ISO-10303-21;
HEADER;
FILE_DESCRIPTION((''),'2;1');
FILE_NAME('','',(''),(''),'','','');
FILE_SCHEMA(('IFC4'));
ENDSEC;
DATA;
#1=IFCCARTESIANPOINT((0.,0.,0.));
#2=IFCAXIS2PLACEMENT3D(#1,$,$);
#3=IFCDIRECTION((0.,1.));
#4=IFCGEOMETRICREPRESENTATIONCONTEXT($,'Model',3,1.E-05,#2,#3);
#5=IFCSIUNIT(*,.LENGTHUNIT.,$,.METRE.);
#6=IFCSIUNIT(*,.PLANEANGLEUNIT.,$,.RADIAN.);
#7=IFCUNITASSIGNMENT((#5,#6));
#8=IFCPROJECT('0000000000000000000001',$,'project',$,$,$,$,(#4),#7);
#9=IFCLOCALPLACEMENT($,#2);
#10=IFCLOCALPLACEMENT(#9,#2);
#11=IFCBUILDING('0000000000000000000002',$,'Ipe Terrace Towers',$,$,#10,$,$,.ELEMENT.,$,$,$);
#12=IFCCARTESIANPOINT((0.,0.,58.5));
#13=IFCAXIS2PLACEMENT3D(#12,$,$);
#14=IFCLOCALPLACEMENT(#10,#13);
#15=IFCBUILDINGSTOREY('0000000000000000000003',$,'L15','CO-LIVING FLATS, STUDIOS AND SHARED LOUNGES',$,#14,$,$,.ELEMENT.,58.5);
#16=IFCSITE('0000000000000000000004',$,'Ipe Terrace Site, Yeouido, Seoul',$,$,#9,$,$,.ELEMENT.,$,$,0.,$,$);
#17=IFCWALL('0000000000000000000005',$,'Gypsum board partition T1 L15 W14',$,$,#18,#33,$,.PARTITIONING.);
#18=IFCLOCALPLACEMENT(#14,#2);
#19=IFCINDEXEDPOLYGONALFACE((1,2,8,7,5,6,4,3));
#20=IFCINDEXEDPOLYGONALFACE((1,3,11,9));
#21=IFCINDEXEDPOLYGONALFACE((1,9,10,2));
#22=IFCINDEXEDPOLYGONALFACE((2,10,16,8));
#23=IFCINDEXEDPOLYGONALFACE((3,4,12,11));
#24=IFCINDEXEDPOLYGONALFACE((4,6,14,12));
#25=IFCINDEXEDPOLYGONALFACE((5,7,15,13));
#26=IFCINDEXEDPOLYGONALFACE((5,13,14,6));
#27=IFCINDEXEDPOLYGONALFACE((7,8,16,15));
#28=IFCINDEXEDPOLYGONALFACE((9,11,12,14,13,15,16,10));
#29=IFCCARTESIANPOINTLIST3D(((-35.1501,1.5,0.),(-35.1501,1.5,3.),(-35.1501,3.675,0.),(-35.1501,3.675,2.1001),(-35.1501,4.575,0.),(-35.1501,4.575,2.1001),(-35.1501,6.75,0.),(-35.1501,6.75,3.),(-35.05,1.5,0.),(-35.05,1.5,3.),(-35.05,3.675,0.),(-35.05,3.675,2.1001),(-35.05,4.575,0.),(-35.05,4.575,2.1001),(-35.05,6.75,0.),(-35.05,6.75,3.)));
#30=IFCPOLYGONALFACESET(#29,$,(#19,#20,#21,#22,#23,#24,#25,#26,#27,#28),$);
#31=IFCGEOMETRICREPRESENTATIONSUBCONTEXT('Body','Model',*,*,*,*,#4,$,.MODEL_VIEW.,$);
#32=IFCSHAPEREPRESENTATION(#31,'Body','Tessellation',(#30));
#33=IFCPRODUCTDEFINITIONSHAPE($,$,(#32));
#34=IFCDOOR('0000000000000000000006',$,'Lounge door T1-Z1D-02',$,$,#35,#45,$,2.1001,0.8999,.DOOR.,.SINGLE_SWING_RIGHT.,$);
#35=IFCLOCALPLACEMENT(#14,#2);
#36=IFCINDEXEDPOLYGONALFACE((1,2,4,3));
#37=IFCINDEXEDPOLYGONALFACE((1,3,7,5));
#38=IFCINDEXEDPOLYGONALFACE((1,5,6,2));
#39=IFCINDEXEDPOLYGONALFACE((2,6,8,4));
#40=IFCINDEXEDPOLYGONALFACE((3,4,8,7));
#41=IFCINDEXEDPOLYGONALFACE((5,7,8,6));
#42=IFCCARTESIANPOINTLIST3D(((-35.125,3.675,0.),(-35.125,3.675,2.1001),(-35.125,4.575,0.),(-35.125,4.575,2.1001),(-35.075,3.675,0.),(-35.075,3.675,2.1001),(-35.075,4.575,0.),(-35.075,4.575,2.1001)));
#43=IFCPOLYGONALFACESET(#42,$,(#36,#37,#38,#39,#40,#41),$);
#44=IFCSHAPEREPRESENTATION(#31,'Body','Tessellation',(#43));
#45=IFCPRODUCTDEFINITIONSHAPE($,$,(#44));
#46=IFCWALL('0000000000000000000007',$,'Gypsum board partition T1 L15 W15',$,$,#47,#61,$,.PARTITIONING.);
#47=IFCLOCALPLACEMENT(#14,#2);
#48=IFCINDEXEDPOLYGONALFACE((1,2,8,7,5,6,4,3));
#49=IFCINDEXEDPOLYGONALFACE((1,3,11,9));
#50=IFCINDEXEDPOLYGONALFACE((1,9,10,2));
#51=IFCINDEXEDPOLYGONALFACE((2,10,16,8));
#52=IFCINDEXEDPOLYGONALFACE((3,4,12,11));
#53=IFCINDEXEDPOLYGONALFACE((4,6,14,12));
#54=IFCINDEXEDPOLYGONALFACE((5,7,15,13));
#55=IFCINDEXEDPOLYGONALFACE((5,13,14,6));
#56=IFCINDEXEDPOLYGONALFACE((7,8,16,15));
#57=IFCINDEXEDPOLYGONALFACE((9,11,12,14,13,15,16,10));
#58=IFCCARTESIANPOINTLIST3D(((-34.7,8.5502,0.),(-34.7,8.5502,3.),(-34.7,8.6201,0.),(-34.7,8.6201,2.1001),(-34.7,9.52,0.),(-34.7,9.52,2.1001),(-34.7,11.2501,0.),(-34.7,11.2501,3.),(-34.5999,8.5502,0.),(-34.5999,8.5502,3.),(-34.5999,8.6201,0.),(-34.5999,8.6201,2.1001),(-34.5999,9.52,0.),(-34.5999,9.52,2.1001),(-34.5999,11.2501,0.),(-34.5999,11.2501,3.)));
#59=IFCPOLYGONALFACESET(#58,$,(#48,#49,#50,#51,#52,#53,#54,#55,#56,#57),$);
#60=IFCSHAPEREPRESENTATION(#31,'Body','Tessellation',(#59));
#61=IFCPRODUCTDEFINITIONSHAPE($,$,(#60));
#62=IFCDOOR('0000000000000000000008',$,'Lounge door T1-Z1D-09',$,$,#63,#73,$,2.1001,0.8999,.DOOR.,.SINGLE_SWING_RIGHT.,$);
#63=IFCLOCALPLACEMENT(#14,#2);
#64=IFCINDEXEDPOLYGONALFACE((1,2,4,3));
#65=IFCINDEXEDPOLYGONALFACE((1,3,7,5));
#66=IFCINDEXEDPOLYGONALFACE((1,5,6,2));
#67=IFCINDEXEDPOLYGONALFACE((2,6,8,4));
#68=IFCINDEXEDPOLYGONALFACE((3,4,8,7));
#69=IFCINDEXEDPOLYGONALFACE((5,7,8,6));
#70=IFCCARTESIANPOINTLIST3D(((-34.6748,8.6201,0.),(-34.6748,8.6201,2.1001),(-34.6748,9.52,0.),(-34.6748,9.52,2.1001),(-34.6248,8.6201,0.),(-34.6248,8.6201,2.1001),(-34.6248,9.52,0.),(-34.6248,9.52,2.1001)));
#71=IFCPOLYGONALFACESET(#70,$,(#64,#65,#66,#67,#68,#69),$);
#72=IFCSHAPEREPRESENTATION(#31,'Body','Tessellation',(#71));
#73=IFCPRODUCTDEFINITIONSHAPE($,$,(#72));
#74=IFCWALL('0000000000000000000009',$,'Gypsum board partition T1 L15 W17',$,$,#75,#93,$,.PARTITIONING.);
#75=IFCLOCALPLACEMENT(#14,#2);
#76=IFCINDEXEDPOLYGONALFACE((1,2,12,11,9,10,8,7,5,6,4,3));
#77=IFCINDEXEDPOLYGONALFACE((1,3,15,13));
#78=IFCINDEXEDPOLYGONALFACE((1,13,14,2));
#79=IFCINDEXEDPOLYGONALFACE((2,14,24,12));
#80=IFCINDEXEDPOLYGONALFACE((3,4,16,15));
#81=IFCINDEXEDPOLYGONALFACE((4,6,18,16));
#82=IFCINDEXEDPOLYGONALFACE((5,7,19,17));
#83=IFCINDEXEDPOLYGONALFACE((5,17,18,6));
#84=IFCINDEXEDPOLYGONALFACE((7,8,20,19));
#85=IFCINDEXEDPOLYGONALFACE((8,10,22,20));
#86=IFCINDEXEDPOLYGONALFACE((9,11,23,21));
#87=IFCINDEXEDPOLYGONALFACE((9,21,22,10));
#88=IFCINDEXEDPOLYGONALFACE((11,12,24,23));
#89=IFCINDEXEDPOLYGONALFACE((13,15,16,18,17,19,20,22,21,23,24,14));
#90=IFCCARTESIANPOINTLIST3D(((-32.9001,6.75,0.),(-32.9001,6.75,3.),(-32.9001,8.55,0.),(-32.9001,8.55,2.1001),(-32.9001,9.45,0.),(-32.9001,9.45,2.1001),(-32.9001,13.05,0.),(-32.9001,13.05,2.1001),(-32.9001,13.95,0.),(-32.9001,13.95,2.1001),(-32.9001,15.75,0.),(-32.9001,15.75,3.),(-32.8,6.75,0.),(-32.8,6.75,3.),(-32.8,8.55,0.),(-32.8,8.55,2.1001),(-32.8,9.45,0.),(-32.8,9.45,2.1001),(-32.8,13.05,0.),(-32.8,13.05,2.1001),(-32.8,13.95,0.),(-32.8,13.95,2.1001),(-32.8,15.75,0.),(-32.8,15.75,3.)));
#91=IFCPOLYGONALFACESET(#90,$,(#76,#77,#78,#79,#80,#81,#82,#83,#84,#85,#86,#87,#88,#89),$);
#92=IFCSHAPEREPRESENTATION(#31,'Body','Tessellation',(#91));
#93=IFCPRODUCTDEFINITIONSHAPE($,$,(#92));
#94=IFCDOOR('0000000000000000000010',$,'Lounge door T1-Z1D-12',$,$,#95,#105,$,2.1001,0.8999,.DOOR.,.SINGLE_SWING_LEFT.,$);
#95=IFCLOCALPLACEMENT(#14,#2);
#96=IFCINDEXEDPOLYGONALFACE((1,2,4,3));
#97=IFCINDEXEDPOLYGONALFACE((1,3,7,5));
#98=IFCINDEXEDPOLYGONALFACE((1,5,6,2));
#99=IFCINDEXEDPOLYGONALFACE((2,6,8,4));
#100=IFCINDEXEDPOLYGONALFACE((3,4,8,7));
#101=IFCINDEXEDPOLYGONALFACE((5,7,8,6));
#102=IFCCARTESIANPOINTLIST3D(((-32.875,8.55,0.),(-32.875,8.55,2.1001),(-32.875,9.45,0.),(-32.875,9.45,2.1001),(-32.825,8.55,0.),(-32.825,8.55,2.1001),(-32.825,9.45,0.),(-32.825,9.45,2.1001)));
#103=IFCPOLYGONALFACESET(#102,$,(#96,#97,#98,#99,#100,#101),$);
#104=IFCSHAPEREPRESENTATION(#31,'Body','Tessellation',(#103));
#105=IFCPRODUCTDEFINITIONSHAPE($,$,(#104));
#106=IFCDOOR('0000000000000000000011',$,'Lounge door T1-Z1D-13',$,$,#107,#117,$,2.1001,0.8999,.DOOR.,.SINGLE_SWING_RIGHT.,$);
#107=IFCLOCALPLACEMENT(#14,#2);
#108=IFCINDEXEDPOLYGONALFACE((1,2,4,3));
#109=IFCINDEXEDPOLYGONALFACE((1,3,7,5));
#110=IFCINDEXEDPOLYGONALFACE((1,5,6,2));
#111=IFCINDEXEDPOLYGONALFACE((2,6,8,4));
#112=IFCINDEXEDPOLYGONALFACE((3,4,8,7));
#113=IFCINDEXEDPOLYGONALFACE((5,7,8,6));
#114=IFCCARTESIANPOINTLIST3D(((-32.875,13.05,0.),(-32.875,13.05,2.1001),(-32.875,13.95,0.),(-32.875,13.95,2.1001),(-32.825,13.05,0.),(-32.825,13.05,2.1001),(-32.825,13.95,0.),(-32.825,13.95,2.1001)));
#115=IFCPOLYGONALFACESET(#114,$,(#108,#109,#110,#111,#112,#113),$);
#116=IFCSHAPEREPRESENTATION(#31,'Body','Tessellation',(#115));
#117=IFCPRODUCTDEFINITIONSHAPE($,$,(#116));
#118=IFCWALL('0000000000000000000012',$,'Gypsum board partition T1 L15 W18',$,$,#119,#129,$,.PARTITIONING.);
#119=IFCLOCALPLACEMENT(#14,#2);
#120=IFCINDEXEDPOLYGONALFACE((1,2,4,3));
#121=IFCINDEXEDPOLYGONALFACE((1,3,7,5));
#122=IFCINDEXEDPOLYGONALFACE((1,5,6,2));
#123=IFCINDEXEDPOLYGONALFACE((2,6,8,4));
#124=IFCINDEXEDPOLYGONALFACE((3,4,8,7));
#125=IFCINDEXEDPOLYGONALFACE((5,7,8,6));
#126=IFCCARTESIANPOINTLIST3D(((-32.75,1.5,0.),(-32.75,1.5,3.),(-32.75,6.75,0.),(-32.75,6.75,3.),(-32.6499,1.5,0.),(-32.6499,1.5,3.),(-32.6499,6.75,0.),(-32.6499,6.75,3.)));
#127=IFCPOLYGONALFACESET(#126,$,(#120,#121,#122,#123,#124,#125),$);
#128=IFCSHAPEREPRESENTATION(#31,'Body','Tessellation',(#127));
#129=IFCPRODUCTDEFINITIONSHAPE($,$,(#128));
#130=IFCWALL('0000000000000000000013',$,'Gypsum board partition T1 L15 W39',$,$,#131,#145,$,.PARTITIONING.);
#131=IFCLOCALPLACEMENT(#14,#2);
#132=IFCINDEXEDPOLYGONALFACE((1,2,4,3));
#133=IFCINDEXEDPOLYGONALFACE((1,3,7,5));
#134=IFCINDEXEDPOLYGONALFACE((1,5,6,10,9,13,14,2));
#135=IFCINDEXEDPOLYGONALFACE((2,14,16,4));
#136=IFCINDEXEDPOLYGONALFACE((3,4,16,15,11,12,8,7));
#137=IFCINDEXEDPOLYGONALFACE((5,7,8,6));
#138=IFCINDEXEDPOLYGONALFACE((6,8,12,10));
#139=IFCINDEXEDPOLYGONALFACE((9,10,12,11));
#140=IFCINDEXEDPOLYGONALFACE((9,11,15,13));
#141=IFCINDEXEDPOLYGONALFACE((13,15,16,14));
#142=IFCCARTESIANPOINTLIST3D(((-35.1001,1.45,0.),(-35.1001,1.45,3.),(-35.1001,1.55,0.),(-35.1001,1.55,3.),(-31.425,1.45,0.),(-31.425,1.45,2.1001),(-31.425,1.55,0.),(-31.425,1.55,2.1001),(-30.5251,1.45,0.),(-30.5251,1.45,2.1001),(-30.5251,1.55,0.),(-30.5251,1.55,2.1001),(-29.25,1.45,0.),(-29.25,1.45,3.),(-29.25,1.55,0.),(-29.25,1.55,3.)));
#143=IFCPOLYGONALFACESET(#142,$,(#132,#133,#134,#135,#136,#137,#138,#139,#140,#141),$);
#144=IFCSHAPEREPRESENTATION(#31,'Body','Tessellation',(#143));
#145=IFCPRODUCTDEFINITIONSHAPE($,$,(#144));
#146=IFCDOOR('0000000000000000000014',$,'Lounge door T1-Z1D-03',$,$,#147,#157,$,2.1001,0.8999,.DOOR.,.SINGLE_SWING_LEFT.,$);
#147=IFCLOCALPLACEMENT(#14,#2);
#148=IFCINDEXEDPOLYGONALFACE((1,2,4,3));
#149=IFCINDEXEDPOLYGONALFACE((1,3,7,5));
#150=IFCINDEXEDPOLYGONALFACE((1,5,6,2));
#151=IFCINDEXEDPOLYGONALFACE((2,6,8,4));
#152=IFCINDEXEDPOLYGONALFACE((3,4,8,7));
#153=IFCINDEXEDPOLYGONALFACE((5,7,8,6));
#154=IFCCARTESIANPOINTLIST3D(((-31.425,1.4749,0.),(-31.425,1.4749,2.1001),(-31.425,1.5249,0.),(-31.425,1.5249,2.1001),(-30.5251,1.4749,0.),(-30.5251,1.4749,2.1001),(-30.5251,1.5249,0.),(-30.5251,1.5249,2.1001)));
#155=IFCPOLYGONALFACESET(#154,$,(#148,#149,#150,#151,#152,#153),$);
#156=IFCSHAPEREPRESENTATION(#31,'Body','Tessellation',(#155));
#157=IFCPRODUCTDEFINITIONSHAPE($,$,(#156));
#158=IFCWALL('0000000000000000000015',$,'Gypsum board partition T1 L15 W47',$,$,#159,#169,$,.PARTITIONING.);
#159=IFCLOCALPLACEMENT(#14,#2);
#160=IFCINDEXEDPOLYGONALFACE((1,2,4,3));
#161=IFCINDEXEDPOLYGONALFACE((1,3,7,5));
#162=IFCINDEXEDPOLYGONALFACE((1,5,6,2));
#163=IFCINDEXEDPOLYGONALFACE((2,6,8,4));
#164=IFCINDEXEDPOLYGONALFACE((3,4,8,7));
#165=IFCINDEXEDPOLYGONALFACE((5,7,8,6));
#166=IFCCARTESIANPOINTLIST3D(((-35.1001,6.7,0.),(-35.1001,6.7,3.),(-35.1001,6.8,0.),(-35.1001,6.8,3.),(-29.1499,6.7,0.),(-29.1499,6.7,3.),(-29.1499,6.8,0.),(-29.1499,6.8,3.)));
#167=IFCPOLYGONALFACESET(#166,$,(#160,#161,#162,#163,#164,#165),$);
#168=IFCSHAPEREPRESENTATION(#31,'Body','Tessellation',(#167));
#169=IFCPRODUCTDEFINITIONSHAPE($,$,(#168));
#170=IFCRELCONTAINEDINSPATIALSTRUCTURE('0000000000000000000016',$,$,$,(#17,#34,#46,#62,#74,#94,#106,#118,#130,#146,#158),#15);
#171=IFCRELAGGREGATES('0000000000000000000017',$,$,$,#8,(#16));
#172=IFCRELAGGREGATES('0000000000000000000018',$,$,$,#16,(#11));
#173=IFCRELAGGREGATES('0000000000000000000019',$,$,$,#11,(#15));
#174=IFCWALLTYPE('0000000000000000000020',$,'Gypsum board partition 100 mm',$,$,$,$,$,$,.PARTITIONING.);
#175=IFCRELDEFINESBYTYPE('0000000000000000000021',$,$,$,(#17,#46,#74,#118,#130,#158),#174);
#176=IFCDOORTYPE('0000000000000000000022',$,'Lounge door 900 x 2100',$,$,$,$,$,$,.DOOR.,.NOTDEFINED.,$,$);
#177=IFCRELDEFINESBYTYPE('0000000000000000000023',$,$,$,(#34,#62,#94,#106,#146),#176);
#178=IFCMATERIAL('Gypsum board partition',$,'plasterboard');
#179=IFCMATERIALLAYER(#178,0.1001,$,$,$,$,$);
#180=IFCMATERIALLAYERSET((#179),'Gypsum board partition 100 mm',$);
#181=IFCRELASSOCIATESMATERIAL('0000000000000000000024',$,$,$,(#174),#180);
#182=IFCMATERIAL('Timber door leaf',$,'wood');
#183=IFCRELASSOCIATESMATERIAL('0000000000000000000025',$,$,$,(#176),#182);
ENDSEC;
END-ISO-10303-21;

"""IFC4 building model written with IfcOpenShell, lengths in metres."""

from ifc_helpers import new_model, si_unit, direction, frame, frame_2d, origin, place, context, subcontext, project, spatial, rectangle, extrude, material, layer, layer_set, type_object, element, fill, save


model = new_model("IFC4")

# Units and contexts
model_context = context("Model", 3, precision=1e-05, world=origin(), true_north=direction((0.0, 1.0)))
body_context = subcontext(model_context, "Body", "Model", "MODEL_VIEW")
ifc_project = project(units=[si_unit("LENGTHUNIT", "METRE"), si_unit("PLANEANGLEUNIT", "RADIAN")], contexts=[model_context])

# Site, building, storey
site_placement = place(None, origin())
site = spatial("IfcSite", under=ifc_project, at=site_placement, Name="Ipe Terrace Site, Yeouido, Seoul", CompositionType="ELEMENT", RefElevation=0.0)
building_placement = place(site_placement, origin())
building = spatial("IfcBuilding", under=site, at=building_placement, Name="Ipe Terrace Towers", CompositionType="ELEMENT")
storey_placement = place(building_placement, frame((0.0, 0.0, 58.5)))
storey = spatial("IfcBuildingStorey", under=building, at=storey_placement, Name="L15", Description="CO-LIVING FLATS, STUDIOS AND SHARED LOUNGES", CompositionType="ELEMENT", Elevation=58.5)

# Walls, openings, doors
ifc_material_1 = material(Name="Gypsum board partition", Category="plasterboard")
ifc_layer_1 = layer(ifc_material_1, 0.1001)
ifc_layer_set_1 = layer_set([ifc_layer_1], Name="Gypsum board partition 100 mm")
wall_type_1 = type_object("IfcWallType", Name="Gypsum board partition 100 mm", PredefinedType="PARTITIONING", material=ifc_layer_set_1)
wall_1_placement = place(storey_placement, frame((-35.1001, 1.5, 0.0), z_axis=(0.0, 0.0, 1.0), x_axis=(0.0, 1.0, 0.0)))
wall_1 = element("IfcWall", 1, at=wall_1_placement, inside=storey, type_object=wall_type_1, Name="Gypsum board partition T1 L15 W14", PredefinedType="PARTITIONING", context=body_context, shape_type="SweptSolid", body=[
    extrude(rectangle(XDim=5.25, YDim=0.1001, at=frame_2d((2.625, 0.0))), origin(), (0.0, 0.0, 1.0), 3.0),
])
opening_1_placement = place(wall_1_placement, frame((2.175, 0.0, 0.0)))
opening_1 = element("IfcOpeningElement", 2, at=opening_1_placement, cuts=wall_1, PredefinedType="OPENING", context=body_context, shape_type="SweptSolid", body=[
    extrude(rectangle(XDim=0.8999, YDim=2.1001, at=frame_2d((0.45, 1.05))), frame((0.0, 0.0601, 0.0), z_axis=(0.0, -1.0, 0.0), x_axis=(1.0, 0.0, 0.0)), (0.0, 0.0, 1.0), 0.1201),
])
ifc_material_2 = material(Name="Timber door leaf", Category="wood")
door_type_1 = type_object("IfcDoorType", Name="Lounge door 900 x 2100", OperationType="NOTDEFINED", PredefinedType="DOOR", material=ifc_material_2)
door_1_placement = place(opening_1_placement, origin())
door_1 = element("IfcDoor", 3, at=door_1_placement, inside=storey, type_object=door_type_1, Name="Lounge door T1-Z1D-02", OperationType="SINGLE_SWING_RIGHT", OverallHeight=2.1001, OverallWidth=0.8999, PredefinedType="DOOR", context=body_context, shape_type="SweptSolid", body=[
    extrude(rectangle(XDim=0.8999, YDim=2.1001, at=frame_2d((0.45, 1.05))), frame((0.0, 0.0249, 0.0), z_axis=(0.0, -1.0, 0.0), x_axis=(1.0, 0.0, 0.0)), (0.0, 0.0, 1.0), 0.05),
])
fill(opening_1, door_1)
wall_2_placement = place(storey_placement, frame((-34.6499, 8.55, 0.0), z_axis=(0.0, 0.0, 1.0), x_axis=(0.0, 1.0, 0.0)))
wall_2 = element("IfcWall", 4, at=wall_2_placement, inside=storey, type_object=wall_type_1, Name="Gypsum board partition T1 L15 W15", PredefinedType="PARTITIONING", context=body_context, shape_type="SweptSolid", body=[
    extrude(rectangle(XDim=2.7, YDim=0.1001, at=frame_2d((1.3501, 0.0))), origin(), (0.0, 0.0, 1.0), 3.0),
])
opening_2_placement = place(wall_2_placement, frame((0.0701, 0.0, 0.0)))
opening_2 = element("IfcOpeningElement", 5, at=opening_2_placement, cuts=wall_2, PredefinedType="OPENING", context=body_context, shape_type="SweptSolid", body=[
    extrude(rectangle(XDim=0.8999, YDim=2.1001, at=frame_2d((0.45, 1.05))), frame((0.0, 0.0601, 0.0), z_axis=(0.0, -1.0, 0.0), x_axis=(1.0, 0.0, 0.0)), (0.0, 0.0, 1.0), 0.1201),
])
door_2_placement = place(opening_2_placement, origin())
door_2 = element("IfcDoor", 6, at=door_2_placement, inside=storey, type_object=door_type_1, Name="Lounge door T1-Z1D-09", OperationType="SINGLE_SWING_RIGHT", OverallHeight=2.1001, OverallWidth=0.8999, PredefinedType="DOOR", context=body_context, shape_type="SweptSolid", body=[
    extrude(rectangle(XDim=0.8999, YDim=2.1001, at=frame_2d((0.45, 1.05))), frame((0.0, 0.0249, 0.0), z_axis=(0.0, -1.0, 0.0), x_axis=(1.0, 0.0, 0.0)), (0.0, 0.0, 1.0), 0.05),
])
fill(opening_2, door_2)

# Wall, openings, doors
wall_3_placement = place(storey_placement, frame((-32.8501, 6.75, 0.0), z_axis=(0.0, 0.0, 1.0), x_axis=(0.0, 1.0, 0.0)))
wall_3 = element("IfcWall", 7, at=wall_3_placement, inside=storey, type_object=wall_type_1, Name="Gypsum board partition T1 L15 W17", PredefinedType="PARTITIONING", context=body_context, shape_type="SweptSolid", body=[
    extrude(rectangle(XDim=9.0, YDim=0.1001, at=frame_2d((4.5, 0.0))), origin(), (0.0, 0.0, 1.0), 3.0),
])
opening_3_placement = place(wall_3_placement, frame((1.8, 0.0, 0.0)))
opening_3 = element("IfcOpeningElement", 8, at=opening_3_placement, cuts=wall_3, PredefinedType="OPENING", context=body_context, shape_type="SweptSolid", body=[
    extrude(rectangle(XDim=0.8999, YDim=2.1001, at=frame_2d((0.45, 1.05))), frame((0.0, 0.0601, 0.0), z_axis=(0.0, -1.0, 0.0), x_axis=(1.0, 0.0, 0.0)), (0.0, 0.0, 1.0), 0.1201),
])
opening_4_placement = place(wall_3_placement, frame((6.3, 0.0, 0.0)))
opening_4 = element("IfcOpeningElement", 9, at=opening_4_placement, cuts=wall_3, PredefinedType="OPENING", context=body_context, shape_type="SweptSolid", body=[
    extrude(rectangle(XDim=0.8999, YDim=2.1001, at=frame_2d((0.45, 1.05))), frame((0.0, 0.0601, 0.0), z_axis=(0.0, -1.0, 0.0), x_axis=(1.0, 0.0, 0.0)), (0.0, 0.0, 1.0), 0.1201),
])
door_3_placement = place(opening_3_placement, origin())
door_3 = element("IfcDoor", 10, at=door_3_placement, inside=storey, type_object=door_type_1, Name="Lounge door T1-Z1D-12", OperationType="SINGLE_SWING_LEFT", OverallHeight=2.1001, OverallWidth=0.8999, PredefinedType="DOOR", context=body_context, shape_type="SweptSolid", body=[
    extrude(rectangle(XDim=0.8999, YDim=2.1001, at=frame_2d((0.45, 1.05))), frame((0.0, 0.0249, 0.0), z_axis=(0.0, -1.0, 0.0), x_axis=(1.0, 0.0, 0.0)), (0.0, 0.0, 1.0), 0.05),
])
fill(opening_3, door_3)
door_4_placement = place(opening_4_placement, origin())
door_4 = element("IfcDoor", 11, at=door_4_placement, inside=storey, type_object=door_type_1, Name="Lounge door T1-Z1D-13", OperationType="SINGLE_SWING_RIGHT", OverallHeight=2.1001, OverallWidth=0.8999, PredefinedType="DOOR", context=body_context, shape_type="SweptSolid", body=[
    extrude(rectangle(XDim=0.8999, YDim=2.1001, at=frame_2d((0.45, 1.05))), frame((0.0, 0.0249, 0.0), z_axis=(0.0, -1.0, 0.0), x_axis=(1.0, 0.0, 0.0)), (0.0, 0.0, 1.0), 0.05),
])
fill(opening_4, door_4)

# Wall
wall_4_placement = place(storey_placement, frame((-32.7, 1.5, 0.0), z_axis=(0.0, 0.0, 1.0), x_axis=(0.0, 1.0, 0.0)))
element("IfcWall", 12, at=wall_4_placement, inside=storey, type_object=wall_type_1, Name="Gypsum board partition T1 L15 W18", PredefinedType="PARTITIONING", context=body_context, shape_type="SweptSolid", body=[
    extrude(rectangle(XDim=5.25, YDim=0.1001, at=frame_2d((2.625, 0.0))), origin(), (0.0, 0.0, 1.0), 3.0),
])

# Wall, opening, door
wall_5_placement = place(storey_placement, frame((-35.1001, 1.5, 0.0), z_axis=(0.0, 0.0, 1.0), x_axis=(1.0, 0.0, 0.0)))
wall_5 = element("IfcWall", 13, at=wall_5_placement, inside=storey, type_object=wall_type_1, Name="Gypsum board partition T1 L15 W39", PredefinedType="PARTITIONING", context=body_context, shape_type="SweptSolid", body=[
    extrude(rectangle(XDim=5.8501, YDim=0.1001, at=frame_2d((2.925, 0.0))), origin(), (0.0, 0.0, 1.0), 3.0),
])
opening_5_placement = place(wall_5_placement, frame((3.675, 0.0, 0.0)))
opening_5 = element("IfcOpeningElement", 14, at=opening_5_placement, cuts=wall_5, PredefinedType="OPENING", context=body_context, shape_type="SweptSolid", body=[
    extrude(rectangle(XDim=0.8999, YDim=2.1001, at=frame_2d((0.45, 1.05))), frame((0.0, 0.0601, 0.0), z_axis=(0.0, -1.0, 0.0), x_axis=(1.0, 0.0, 0.0)), (0.0, 0.0, 1.0), 0.1201),
])
door_5_placement = place(opening_5_placement, origin())
door_5 = element("IfcDoor", 15, at=door_5_placement, inside=storey, type_object=door_type_1, Name="Lounge door T1-Z1D-03", OperationType="SINGLE_SWING_LEFT", OverallHeight=2.1001, OverallWidth=0.8999, PredefinedType="DOOR", context=body_context, shape_type="SweptSolid", body=[
    extrude(rectangle(XDim=0.8999, YDim=2.1001, at=frame_2d((0.45, 1.05))), frame((0.0, 0.0249, 0.0), z_axis=(0.0, -1.0, 0.0), x_axis=(1.0, 0.0, 0.0)), (0.0, 0.0, 1.0), 0.05),
])
fill(opening_5, door_5)

# Wall
wall_6_placement = place(storey_placement, frame((-35.1001, 6.75, 0.0), z_axis=(0.0, 0.0, 1.0), x_axis=(1.0, 0.0, 0.0)))
element("IfcWall", 16, at=wall_6_placement, inside=storey, type_object=wall_type_1, Name="Gypsum board partition T1 L15 W47", PredefinedType="PARTITIONING", context=body_context, shape_type="SweptSolid", body=[
    extrude(rectangle(XDim=5.9502, YDim=0.1001, at=frame_2d((2.9751, 0.0))), origin(), (0.0, 0.0, 1.0), 3.0),
])

save(model, "model.ifc")
